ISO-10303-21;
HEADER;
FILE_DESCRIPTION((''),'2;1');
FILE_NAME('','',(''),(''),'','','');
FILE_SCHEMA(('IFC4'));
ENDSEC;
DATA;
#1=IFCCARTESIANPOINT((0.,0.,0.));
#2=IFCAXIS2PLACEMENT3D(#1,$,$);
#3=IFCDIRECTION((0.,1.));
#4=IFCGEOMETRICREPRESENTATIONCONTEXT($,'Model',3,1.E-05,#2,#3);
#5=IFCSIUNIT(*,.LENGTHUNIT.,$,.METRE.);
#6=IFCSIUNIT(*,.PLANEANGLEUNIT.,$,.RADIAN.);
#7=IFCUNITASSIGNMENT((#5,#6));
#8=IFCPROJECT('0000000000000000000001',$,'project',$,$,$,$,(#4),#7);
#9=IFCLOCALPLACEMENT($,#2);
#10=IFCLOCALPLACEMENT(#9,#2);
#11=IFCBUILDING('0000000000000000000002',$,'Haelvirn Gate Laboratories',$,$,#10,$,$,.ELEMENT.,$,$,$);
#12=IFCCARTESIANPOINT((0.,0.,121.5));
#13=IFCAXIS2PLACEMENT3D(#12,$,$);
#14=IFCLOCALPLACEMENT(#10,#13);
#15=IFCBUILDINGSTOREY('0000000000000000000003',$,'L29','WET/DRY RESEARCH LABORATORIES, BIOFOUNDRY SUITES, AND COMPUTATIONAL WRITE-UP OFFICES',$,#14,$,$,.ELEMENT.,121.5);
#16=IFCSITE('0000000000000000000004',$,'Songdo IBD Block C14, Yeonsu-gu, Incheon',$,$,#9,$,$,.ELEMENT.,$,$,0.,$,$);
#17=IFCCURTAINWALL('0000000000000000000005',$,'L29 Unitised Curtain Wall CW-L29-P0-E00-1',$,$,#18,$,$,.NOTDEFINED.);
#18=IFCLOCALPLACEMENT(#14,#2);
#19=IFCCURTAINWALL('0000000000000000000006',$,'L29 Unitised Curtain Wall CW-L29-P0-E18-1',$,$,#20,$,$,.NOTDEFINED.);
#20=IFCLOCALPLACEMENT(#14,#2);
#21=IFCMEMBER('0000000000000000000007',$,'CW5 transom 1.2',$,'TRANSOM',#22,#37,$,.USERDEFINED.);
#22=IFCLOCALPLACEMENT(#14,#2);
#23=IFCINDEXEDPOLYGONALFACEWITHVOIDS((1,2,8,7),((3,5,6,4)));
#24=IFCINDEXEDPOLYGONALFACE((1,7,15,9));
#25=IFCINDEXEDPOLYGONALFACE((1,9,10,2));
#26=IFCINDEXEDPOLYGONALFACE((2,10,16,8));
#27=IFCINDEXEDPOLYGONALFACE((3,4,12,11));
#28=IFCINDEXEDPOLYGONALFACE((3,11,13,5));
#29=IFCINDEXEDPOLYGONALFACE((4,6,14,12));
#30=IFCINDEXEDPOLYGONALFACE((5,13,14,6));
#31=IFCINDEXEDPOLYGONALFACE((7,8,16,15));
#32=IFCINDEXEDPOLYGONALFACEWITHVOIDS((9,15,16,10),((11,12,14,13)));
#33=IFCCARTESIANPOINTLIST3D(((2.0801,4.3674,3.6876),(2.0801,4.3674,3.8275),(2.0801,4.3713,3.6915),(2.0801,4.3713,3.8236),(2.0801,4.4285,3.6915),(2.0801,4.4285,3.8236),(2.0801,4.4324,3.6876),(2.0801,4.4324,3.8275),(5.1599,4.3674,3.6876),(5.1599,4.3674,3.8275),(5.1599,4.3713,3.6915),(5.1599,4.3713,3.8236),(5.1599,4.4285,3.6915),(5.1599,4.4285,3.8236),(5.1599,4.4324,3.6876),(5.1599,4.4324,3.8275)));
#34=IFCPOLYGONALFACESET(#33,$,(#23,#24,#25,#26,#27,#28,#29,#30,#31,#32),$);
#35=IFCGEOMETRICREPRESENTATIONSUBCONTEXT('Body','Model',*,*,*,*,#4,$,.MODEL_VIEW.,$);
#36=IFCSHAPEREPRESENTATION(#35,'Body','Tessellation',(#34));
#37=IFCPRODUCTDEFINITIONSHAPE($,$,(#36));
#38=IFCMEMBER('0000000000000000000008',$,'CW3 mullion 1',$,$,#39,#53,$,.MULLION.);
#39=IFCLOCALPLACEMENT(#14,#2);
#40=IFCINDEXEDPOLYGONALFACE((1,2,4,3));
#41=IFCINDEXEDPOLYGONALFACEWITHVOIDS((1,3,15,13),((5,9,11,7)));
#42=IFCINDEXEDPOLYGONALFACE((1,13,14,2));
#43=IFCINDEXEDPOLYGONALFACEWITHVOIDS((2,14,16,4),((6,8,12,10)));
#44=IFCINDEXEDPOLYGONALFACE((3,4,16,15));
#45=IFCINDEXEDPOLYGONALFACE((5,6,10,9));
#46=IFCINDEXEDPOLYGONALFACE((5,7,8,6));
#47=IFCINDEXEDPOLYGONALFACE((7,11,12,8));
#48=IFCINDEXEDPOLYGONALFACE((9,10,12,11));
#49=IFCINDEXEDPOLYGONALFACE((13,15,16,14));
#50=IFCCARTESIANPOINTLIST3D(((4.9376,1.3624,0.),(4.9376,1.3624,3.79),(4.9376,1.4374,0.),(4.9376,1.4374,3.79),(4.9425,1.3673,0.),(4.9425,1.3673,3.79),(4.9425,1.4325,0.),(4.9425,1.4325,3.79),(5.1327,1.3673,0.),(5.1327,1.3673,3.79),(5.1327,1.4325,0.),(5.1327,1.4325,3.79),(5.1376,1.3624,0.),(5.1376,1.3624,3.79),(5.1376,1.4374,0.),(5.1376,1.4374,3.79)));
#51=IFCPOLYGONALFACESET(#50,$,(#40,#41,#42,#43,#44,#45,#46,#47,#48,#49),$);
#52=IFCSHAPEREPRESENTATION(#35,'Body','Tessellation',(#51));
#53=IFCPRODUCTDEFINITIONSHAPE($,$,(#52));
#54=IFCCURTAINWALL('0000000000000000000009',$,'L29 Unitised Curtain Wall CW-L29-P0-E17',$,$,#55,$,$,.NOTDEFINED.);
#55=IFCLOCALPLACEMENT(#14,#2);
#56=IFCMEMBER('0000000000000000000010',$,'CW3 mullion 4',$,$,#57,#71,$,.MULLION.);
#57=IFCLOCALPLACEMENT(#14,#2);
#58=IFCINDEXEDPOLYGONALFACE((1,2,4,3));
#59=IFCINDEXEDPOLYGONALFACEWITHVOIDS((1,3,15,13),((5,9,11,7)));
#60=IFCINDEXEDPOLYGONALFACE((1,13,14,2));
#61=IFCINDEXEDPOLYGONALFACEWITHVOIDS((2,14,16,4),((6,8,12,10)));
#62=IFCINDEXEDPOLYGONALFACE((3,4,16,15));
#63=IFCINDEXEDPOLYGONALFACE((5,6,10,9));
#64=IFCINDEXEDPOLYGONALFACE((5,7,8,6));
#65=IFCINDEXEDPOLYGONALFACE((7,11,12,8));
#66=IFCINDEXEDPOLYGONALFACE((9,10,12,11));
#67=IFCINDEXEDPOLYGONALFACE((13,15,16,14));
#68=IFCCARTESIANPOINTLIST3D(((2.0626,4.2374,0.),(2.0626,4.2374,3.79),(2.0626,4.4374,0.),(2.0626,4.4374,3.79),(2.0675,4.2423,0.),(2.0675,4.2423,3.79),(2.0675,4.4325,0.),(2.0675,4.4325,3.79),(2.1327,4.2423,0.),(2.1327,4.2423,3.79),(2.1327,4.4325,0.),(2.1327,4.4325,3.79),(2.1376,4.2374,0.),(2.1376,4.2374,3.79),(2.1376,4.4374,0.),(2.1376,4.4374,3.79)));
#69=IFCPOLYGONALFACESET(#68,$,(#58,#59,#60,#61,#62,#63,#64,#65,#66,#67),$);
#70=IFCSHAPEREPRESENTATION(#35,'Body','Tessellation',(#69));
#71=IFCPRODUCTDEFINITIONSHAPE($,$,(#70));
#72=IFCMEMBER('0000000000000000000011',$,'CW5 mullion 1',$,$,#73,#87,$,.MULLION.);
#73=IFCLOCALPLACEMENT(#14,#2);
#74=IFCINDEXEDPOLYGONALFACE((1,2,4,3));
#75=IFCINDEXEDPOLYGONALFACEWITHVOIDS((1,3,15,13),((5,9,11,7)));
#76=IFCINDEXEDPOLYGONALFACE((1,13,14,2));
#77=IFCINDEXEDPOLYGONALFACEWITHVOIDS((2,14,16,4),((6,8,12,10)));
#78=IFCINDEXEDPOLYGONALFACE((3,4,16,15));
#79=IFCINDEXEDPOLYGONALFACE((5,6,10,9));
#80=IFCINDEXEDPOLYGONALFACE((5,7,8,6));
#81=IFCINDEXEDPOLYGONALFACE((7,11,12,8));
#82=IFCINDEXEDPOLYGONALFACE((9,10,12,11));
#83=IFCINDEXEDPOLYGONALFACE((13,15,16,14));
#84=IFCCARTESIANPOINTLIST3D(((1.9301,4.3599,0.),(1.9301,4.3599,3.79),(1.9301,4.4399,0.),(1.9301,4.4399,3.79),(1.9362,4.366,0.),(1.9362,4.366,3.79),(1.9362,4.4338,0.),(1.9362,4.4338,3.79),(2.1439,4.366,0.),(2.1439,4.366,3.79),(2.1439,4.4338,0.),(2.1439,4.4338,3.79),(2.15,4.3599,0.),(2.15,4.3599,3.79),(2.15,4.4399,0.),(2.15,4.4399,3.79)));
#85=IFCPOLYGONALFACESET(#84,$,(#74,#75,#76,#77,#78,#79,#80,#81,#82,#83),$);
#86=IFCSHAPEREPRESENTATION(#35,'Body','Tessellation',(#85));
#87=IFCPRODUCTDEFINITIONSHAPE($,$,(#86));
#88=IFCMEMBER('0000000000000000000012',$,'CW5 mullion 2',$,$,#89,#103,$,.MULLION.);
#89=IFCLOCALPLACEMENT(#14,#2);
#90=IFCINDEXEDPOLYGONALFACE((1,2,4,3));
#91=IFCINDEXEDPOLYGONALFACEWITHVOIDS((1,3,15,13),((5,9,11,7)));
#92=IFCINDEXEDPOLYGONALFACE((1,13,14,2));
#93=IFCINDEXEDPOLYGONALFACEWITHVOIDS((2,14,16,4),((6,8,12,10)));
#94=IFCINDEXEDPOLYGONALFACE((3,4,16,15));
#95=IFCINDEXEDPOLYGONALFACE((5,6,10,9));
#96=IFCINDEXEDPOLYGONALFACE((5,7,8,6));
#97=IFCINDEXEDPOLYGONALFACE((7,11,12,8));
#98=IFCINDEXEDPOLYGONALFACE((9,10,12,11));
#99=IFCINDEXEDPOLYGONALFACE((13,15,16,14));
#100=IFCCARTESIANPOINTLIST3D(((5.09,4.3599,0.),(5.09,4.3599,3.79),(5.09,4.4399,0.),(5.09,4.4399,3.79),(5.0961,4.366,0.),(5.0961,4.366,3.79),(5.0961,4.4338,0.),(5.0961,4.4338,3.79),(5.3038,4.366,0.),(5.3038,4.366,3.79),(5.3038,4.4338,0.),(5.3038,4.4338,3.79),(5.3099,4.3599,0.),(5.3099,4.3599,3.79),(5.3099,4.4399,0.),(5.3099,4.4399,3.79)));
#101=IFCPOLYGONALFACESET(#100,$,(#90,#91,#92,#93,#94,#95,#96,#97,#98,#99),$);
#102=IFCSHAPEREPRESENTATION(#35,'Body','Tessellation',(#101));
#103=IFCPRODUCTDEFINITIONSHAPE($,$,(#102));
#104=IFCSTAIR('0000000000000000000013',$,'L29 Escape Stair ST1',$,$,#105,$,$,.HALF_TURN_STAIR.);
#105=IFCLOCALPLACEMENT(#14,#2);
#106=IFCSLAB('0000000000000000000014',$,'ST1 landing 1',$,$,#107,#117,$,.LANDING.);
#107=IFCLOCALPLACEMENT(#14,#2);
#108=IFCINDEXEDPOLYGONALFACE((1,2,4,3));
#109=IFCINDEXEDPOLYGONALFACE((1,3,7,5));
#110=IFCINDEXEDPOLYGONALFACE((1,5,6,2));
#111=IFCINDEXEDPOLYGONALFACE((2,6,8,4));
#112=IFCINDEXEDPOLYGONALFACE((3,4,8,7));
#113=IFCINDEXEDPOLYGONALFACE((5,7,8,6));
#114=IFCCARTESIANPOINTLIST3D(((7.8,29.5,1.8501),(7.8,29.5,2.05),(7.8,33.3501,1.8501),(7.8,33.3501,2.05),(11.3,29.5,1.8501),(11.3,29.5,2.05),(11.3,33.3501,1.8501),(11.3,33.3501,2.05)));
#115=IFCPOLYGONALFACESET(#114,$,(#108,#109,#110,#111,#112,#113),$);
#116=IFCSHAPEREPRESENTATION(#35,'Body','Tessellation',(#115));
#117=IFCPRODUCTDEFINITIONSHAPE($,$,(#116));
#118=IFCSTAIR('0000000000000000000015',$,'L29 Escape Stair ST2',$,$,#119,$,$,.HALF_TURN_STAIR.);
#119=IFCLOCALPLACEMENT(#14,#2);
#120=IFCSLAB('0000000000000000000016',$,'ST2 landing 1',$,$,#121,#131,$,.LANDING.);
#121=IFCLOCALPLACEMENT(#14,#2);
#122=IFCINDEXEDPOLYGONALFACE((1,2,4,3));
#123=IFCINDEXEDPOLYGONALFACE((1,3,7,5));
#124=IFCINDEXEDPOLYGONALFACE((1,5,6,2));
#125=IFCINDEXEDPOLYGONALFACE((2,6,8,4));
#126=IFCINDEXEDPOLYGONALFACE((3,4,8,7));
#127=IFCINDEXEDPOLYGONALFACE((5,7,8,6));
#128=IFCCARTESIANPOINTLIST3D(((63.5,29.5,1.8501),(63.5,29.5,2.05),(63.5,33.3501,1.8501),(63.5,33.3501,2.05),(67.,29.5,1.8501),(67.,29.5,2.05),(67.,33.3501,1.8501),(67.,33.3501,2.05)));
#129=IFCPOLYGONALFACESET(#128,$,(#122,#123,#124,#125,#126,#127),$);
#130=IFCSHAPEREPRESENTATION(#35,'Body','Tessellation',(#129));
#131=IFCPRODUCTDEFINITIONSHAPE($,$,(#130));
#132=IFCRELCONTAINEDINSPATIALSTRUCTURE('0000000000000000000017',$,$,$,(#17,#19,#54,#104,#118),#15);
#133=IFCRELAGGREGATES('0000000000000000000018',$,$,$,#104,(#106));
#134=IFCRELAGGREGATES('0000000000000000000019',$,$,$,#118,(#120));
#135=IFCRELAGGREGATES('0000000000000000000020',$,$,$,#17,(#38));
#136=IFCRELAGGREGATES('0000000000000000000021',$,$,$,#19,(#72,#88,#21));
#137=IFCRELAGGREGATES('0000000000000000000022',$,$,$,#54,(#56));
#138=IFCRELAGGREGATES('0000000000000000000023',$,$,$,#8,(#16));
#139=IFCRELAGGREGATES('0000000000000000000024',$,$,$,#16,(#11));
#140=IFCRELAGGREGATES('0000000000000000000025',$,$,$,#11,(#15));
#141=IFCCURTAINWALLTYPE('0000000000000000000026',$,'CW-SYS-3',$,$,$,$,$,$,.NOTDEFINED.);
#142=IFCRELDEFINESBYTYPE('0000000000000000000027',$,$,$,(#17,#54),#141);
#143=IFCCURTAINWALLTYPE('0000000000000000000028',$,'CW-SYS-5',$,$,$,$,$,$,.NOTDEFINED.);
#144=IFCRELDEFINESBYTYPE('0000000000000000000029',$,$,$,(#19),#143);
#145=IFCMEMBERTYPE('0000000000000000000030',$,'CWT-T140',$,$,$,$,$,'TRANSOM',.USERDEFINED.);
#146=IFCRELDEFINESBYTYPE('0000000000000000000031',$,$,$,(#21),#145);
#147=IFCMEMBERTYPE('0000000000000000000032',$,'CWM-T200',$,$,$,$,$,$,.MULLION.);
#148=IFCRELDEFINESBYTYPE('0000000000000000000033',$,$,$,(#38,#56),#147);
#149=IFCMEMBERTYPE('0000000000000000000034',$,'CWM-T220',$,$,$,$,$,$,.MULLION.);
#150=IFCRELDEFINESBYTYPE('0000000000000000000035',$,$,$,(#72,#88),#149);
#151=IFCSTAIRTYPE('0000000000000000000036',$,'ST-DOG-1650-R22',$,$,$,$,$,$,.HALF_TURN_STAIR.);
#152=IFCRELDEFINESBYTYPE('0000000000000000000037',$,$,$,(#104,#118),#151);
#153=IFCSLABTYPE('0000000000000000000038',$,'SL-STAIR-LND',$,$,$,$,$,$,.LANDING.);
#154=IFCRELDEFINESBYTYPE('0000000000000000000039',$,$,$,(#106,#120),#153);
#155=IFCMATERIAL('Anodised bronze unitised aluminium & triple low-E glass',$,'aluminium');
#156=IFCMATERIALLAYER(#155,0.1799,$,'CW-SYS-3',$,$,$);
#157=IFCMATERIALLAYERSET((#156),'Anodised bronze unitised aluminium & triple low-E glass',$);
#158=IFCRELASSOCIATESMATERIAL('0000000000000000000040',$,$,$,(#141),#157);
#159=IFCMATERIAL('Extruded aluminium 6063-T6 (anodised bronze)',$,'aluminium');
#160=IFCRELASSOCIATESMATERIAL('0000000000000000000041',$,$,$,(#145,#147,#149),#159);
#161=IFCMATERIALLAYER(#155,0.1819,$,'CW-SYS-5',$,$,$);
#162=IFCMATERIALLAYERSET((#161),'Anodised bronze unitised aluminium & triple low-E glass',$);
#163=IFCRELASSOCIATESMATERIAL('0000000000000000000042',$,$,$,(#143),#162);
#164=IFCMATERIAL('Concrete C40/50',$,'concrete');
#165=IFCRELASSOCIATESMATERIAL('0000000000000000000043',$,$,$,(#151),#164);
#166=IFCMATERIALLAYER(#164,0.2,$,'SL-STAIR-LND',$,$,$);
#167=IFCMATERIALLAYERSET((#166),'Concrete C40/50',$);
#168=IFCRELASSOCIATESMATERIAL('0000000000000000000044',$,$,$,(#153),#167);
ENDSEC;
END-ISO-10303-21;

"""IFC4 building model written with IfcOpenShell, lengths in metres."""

from ifc_helpers import new_model, si_unit, direction, frame, origin, origin_2d, place, context, subcontext, project, spatial, polyline, hollow_rectangle, outline, extrude, source, transform, mapped, material, layer, layer_set, material_profile, profile_set, type_object, type_shapes, element, aggregate, save


model = new_model("IFC4")

# Units and contexts
model_context = context("Model", 3, precision=1e-05, world=origin(), true_north=direction((0.0, 1.0)))
body_context = subcontext(model_context, "Body", "Model", "MODEL_VIEW")
ifc_project = project(units=[si_unit("LENGTHUNIT", "METRE"), si_unit("PLANEANGLEUNIT", "RADIAN")], contexts=[model_context])

# Site, building, storey
site_placement = place(None, origin())
site = spatial("IfcSite", under=ifc_project, at=site_placement, Name="Songdo IBD Block C14, Yeonsu-gu, Incheon", CompositionType="ELEMENT", RefElevation=0.0)
building_placement = place(site_placement, origin())
building = spatial("IfcBuilding", under=site, at=building_placement, Name="Haelvirn Gate Laboratories", CompositionType="ELEMENT")
storey_placement = place(building_placement, frame((0.0, 0.0, 121.5)))
storey = spatial("IfcBuildingStorey", under=building, at=storey_placement, Name="L29", Description="WET/DRY RESEARCH LABORATORIES, BIOFOUNDRY SUITES, AND COMPUTATIONAL WRITE-UP OFFICES", CompositionType="ELEMENT", Elevation=121.5)

# Curtain walls, member
ifc_material_1 = material(Name="Anodised bronze unitised aluminium & triple low-E glass", Category="aluminium")
ifc_layer_1 = layer(ifc_material_1, 0.1799, Name="CW-SYS-3")
ifc_layer_set_1 = layer_set([ifc_layer_1], Name="Anodised bronze unitised aluminium & triple low-E glass")
curtain_wall_type_1 = type_object("IfcCurtainWallType", Name="CW-SYS-3", PredefinedType="NOTDEFINED", material=ifc_layer_set_1)
curtain_wall_1_placement = place(storey_placement, origin())
curtain_wall_1 = element("IfcCurtainWall", 1, at=curtain_wall_1_placement, inside=storey, type_object=curtain_wall_type_1, Name="L29 Unitised Curtain Wall CW-L29-P0-E00-1", PredefinedType="NOTDEFINED")
ifc_material_2 = material(Name="Extruded aluminium 6063-T6 (anodised bronze)", Category="aluminium")
ifc_material_profile_1 = material_profile(ifc_material_2, hollow_rectangle(XDim=0.0649, YDim=0.1399, WallThickness=0.0039, at=origin_2d()), Name="CWT-140x65x4")
ifc_profile_set_1 = profile_set([ifc_material_profile_1], Name="Extruded aluminium 6063-T6 (anodised bronze)")
member_type_1 = type_object("IfcMemberType", Name="CWT-T140", ElementType="TRANSOM", PredefinedType="USERDEFINED", material=ifc_profile_set_1)
ifc_layer_2 = layer(ifc_material_1, 0.1819, Name="CW-SYS-5")
ifc_layer_set_2 = layer_set([ifc_layer_2], Name="Anodised bronze unitised aluminium & triple low-E glass")
curtain_wall_type_2 = type_object("IfcCurtainWallType", Name="CW-SYS-5", PredefinedType="NOTDEFINED", material=ifc_layer_set_2)
curtain_wall_2_placement = place(storey_placement, origin())
curtain_wall_2 = element("IfcCurtainWall", 2, at=curtain_wall_2_placement, inside=storey, type_object=curtain_wall_type_2, Name="L29 Unitised Curtain Wall CW-L29-P0-E18-1", PredefinedType="NOTDEFINED")
shared_shape_1 = source(origin(), body_context, "Body", "SweptSolid", [
    extrude(hollow_rectangle(XDim=0.0649, YDim=0.1399, WallThickness=0.0039, at=origin_2d()), origin(), (0.0, 0.0, 1.0), 3.0798),
])
member_1_placement = place(storey_placement, frame((2.0801, 4.3999, 3.7576), z_axis=(1.0, 0.0, 0.0), x_axis=(0.0, 1.0, 0.0)))
member_1 = element("IfcMember", 3, at=member_1_placement, type_object=member_type_1, Name="CW5 transom 1.2", ObjectType="TRANSOM", PredefinedType="USERDEFINED", context=body_context, shape_type="MappedRepresentation", body=[
    mapped(shared_shape_1, transform((0.0, 0.0, 0.0), scale=1.0)),
])

# Member
ifc_material_profile_2 = material_profile(ifc_material_2, hollow_rectangle(XDim=0.075, YDim=0.2, WallThickness=0.0049, at=origin_2d()), Name="CWM-200x75x5")
ifc_profile_set_2 = profile_set([ifc_material_profile_2], Name="Extruded aluminium 6063-T6 (anodised bronze)")
member_type_2 = type_object("IfcMemberType", Name="CWM-T200", PredefinedType="MULLION", material=ifc_profile_set_2)
shared_shape_2 = source(origin(), body_context, "Body", "SweptSolid", [
    extrude(hollow_rectangle(XDim=0.075, YDim=0.2, WallThickness=0.0049, at=origin_2d()), origin(), (0.0, 0.0, 1.0), 3.79),
])
type_shapes(member_type_2, [shared_shape_2])
member_2_placement = place(storey_placement, frame((5.0376, 1.3999, 0.0), z_axis=(0.0, 0.0, 1.0), x_axis=(0.0, 1.0, 0.0)))
member_2 = element("IfcMember", 4, at=member_2_placement, type_object=member_type_2, Name="CW3 mullion 1", PredefinedType="MULLION", context=body_context, shape_type="MappedRepresentation", body=[
    mapped(shared_shape_2, transform((0.0, 0.0, 0.0), scale=1.0)),
])

# Curtain wall, member
curtain_wall_3_placement = place(storey_placement, origin())
curtain_wall_3 = element("IfcCurtainWall", 5, at=curtain_wall_3_placement, inside=storey, type_object=curtain_wall_type_1, Name="L29 Unitised Curtain Wall CW-L29-P0-E17", PredefinedType="NOTDEFINED")
member_3_placement = place(storey_placement, frame((2.1001, 4.3374, 0.0), z_axis=(0.0, 0.0, 1.0), x_axis=(1.0, 0.0, 0.0)))
member_3 = element("IfcMember", 6, at=member_3_placement, type_object=member_type_2, Name="CW3 mullion 4", PredefinedType="MULLION", context=body_context, shape_type="MappedRepresentation", body=[
    mapped(shared_shape_2, transform((0.0, 0.0, 0.0), scale=1.0)),
])

# Members
ifc_material_profile_3 = material_profile(ifc_material_2, hollow_rectangle(XDim=0.0801, YDim=0.22, WallThickness=0.0061, at=origin_2d()), Name="CWM-220x80x6")
ifc_profile_set_3 = profile_set([ifc_material_profile_3], Name="Extruded aluminium 6063-T6 (anodised bronze)")
member_type_3 = type_object("IfcMemberType", Name="CWM-T220", PredefinedType="MULLION", material=ifc_profile_set_3)
shared_shape_3 = source(origin(), body_context, "Body", "SweptSolid", [
    extrude(hollow_rectangle(XDim=0.0801, YDim=0.22, WallThickness=0.0061, at=origin_2d()), origin(), (0.0, 0.0, 1.0), 3.79),
])
type_shapes(member_type_3, [shared_shape_3])
member_4_placement = place(storey_placement, frame((2.04, 4.3999, 0.0), z_axis=(0.0, 0.0, 1.0), x_axis=(0.0, 1.0, 0.0)))
member_4 = element("IfcMember", 7, at=member_4_placement, type_object=member_type_3, Name="CW5 mullion 1", PredefinedType="MULLION", context=body_context, shape_type="MappedRepresentation", body=[
    mapped(shared_shape_3, transform((0.0, 0.0, 0.0), scale=1.0)),
])
member_5_placement = place(storey_placement, frame((5.2, 4.3999, 0.0), z_axis=(0.0, 0.0, 1.0), x_axis=(0.0, 1.0, 0.0)))
member_5 = element("IfcMember", 8, at=member_5_placement, type_object=member_type_3, Name="CW5 mullion 2", PredefinedType="MULLION", context=body_context, shape_type="MappedRepresentation", body=[
    mapped(shared_shape_3, transform((0.0, 0.0, 0.0), scale=1.0)),
])

# Stairs, slabs
ifc_material_3 = material(Name="Concrete C40/50", Category="concrete")
stair_type = type_object("IfcStairType", Name="ST-DOG-1650-R22", PredefinedType="HALF_TURN_STAIR", material=ifc_material_3)
stair_1_placement = place(storey_placement, origin())
stair_1 = element("IfcStair", 9, at=stair_1_placement, inside=storey, type_object=stair_type, Name="L29 Escape Stair ST1", PredefinedType="HALF_TURN_STAIR")
ifc_layer_3 = layer(ifc_material_3, 0.2, Name="SL-STAIR-LND")
ifc_layer_set_3 = layer_set([ifc_layer_3], Name="Concrete C40/50")
slab_type_1 = type_object("IfcSlabType", Name="SL-STAIR-LND", PredefinedType="LANDING", material=ifc_layer_set_3)
slab_1_placement = place(storey_placement, frame((0.0, 0.0, 1.8501)))
slab_1 = element("IfcSlab", 10, at=slab_1_placement, type_object=slab_type_1, Name="ST1 landing 1", PredefinedType="LANDING", context=body_context, shape_type="SweptSolid", body=[
    extrude(outline(polyline([(11.3, 29.5), (11.3, 33.3501), (7.8, 33.3501), (7.8, 29.5), (11.3, 29.5)])), origin(), (0.0, 0.0, 1.0), 0.2),
])
aggregate(stair_1, [slab_1])
stair_2_placement = place(storey_placement, origin())
stair_2 = element("IfcStair", 11, at=stair_2_placement, inside=storey, type_object=stair_type, Name="L29 Escape Stair ST2", PredefinedType="HALF_TURN_STAIR")
slab_2_placement = place(storey_placement, frame((0.0, 0.0, 1.8501)))
slab_2 = element("IfcSlab", 12, at=slab_2_placement, type_object=slab_type_1, Name="ST2 landing 1", PredefinedType="LANDING", context=body_context, shape_type="SweptSolid", body=[
    extrude(outline(polyline([(67.0, 29.5), (67.0, 33.3501), (63.5, 33.3501), (63.5, 29.5), (67.0, 29.5)])), origin(), (0.0, 0.0, 1.0), 0.2),
])
aggregate(stair_2, [slab_2])

aggregate(curtain_wall_1, [member_2])
aggregate(curtain_wall_2, [member_4, member_5, member_1])
aggregate(curtain_wall_3, [member_3])

save(model, "model.ifc")
